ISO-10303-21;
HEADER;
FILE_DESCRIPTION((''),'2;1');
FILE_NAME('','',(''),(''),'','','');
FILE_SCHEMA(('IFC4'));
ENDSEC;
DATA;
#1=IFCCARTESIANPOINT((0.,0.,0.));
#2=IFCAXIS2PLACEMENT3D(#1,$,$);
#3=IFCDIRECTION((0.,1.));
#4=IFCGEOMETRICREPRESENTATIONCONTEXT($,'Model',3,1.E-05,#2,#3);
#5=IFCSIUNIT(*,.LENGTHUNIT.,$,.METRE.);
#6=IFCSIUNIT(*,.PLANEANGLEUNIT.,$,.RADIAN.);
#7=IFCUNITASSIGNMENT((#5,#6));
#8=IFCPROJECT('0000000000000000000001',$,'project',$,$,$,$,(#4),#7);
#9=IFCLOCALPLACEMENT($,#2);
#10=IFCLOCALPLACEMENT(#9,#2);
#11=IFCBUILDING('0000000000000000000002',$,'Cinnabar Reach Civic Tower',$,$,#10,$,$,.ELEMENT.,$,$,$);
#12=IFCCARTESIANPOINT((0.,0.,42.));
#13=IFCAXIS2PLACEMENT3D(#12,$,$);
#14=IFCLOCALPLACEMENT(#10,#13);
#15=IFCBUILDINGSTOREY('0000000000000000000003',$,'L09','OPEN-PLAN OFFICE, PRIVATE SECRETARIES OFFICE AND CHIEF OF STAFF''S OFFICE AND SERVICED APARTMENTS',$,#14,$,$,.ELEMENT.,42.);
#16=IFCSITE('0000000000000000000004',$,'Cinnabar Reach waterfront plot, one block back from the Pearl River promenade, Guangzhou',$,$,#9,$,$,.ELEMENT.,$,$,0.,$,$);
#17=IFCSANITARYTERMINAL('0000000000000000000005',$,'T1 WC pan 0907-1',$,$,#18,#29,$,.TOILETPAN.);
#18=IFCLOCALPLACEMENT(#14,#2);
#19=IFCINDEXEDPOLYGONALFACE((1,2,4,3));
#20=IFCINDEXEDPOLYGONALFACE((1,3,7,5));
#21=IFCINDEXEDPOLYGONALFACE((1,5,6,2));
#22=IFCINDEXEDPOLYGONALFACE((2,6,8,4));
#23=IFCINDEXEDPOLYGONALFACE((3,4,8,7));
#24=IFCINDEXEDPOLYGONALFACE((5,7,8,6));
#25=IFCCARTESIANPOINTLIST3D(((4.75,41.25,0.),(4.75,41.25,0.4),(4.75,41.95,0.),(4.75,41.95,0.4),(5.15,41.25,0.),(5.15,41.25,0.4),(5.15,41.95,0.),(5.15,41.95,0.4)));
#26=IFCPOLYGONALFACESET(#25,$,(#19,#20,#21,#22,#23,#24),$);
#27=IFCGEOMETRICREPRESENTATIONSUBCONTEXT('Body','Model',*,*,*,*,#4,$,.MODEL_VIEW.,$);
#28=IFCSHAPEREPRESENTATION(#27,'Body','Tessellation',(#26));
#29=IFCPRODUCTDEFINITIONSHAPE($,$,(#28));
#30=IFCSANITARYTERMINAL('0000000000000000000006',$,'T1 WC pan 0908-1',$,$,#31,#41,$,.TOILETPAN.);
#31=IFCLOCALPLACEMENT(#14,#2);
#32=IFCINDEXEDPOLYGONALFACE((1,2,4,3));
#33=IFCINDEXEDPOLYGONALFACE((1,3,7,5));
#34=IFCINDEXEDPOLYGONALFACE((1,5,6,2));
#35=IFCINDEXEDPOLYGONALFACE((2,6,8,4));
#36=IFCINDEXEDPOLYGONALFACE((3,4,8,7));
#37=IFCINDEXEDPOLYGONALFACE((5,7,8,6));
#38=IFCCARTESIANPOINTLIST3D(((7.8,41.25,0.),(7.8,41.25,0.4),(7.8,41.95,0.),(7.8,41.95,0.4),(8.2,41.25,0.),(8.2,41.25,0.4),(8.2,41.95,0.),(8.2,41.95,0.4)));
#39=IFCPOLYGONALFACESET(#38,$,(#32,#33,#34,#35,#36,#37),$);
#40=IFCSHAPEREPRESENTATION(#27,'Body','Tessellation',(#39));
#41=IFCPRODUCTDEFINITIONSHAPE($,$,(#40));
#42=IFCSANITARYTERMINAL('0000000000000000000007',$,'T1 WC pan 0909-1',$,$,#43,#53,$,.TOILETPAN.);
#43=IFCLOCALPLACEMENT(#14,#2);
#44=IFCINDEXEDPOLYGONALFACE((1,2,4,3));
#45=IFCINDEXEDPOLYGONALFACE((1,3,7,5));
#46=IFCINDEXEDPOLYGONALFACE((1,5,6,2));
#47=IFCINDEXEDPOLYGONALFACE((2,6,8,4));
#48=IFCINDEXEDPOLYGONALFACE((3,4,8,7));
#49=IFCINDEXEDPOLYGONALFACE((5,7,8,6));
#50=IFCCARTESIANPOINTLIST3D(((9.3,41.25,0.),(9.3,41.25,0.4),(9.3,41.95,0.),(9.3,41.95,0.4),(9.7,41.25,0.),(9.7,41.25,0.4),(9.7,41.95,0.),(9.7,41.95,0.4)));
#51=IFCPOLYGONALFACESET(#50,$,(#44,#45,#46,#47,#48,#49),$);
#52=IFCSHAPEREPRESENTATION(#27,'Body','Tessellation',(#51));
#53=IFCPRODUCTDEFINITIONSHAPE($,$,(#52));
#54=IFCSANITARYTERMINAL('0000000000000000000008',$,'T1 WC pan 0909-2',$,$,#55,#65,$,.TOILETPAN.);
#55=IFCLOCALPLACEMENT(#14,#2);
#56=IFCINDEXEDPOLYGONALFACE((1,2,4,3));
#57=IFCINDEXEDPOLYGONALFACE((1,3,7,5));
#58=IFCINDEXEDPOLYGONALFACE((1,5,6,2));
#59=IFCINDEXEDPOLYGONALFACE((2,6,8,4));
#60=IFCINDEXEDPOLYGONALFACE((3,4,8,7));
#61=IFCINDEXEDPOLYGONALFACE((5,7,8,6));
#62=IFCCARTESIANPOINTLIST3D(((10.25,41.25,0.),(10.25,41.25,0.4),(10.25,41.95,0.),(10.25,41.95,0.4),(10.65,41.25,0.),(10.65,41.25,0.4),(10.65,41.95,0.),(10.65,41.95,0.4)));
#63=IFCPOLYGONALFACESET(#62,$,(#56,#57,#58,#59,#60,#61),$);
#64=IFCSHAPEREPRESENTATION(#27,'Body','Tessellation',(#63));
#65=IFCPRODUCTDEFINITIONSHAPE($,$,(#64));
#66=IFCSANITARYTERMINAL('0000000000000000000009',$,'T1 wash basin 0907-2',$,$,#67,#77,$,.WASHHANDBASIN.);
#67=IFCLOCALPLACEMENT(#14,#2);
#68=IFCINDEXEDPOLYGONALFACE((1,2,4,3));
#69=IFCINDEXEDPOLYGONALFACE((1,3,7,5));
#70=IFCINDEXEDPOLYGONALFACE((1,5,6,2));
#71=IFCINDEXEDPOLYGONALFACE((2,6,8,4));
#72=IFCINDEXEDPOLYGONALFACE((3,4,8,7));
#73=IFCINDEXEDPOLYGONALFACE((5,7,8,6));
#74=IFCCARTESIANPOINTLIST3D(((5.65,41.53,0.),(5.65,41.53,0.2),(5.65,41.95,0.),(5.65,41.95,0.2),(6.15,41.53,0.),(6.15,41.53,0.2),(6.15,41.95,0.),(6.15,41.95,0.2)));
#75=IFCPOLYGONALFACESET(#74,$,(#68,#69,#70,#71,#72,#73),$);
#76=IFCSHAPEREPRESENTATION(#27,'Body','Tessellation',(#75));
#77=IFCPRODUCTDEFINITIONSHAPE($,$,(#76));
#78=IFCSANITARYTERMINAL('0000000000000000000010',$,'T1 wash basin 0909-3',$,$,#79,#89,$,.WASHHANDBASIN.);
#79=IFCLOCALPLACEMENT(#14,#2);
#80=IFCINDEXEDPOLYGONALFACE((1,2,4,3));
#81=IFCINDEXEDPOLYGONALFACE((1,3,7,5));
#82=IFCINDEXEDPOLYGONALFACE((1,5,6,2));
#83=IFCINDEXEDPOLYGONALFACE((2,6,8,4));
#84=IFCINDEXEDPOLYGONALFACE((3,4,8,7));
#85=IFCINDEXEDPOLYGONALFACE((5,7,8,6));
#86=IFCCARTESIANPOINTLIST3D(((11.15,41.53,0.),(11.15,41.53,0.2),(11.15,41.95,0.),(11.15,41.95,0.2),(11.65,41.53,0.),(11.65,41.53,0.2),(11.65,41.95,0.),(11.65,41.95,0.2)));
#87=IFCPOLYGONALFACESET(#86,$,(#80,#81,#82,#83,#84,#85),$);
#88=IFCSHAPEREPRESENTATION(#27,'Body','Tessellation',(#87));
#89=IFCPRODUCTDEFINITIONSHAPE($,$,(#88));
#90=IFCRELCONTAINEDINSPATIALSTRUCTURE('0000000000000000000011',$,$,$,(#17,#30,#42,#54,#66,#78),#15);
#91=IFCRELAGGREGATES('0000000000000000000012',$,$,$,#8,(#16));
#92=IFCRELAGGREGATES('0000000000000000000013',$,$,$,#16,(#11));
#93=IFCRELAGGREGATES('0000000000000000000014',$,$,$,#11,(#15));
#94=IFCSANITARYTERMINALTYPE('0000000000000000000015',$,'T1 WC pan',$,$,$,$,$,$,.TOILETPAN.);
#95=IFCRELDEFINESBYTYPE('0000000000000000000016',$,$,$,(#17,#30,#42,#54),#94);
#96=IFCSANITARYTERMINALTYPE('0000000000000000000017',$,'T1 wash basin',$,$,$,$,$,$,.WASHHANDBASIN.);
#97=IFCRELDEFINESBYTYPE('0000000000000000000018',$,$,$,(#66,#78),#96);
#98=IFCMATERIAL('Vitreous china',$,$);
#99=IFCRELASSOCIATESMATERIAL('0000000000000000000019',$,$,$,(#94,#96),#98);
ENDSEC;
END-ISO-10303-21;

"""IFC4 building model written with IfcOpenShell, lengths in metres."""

from ifc_helpers import new_model, si_unit, direction, frame, origin, origin_2d, place, context, subcontext, project, spatial, rectangle, extrude, material, type_object, element, save


model = new_model("IFC4")

# Units and contexts
model_context = context("Model", 3, precision=1e-05, world=origin(), true_north=direction((0.0, 1.0)))
body_context = subcontext(model_context, "Body", "Model", "MODEL_VIEW")
ifc_project = project(units=[si_unit("LENGTHUNIT", "METRE"), si_unit("PLANEANGLEUNIT", "RADIAN")], contexts=[model_context])

# Site, building, storey
site_placement = place(None, origin())
site = spatial("IfcSite", under=ifc_project, at=site_placement, Name="Cinnabar Reach waterfront plot, one block back from the Pearl River promenade, Guangzhou", CompositionType="ELEMENT", RefElevation=0.0)
building_placement = place(site_placement, origin())
building = spatial("IfcBuilding", under=site, at=building_placement, Name="Cinnabar Reach Civic Tower", CompositionType="ELEMENT")
storey_placement = place(building_placement, frame((0.0, 0.0, 42.0)))
storey = spatial("IfcBuildingStorey", under=building, at=storey_placement, Name="L09", Description="OPEN-PLAN OFFICE, PRIVATE SECRETARIES OFFICE AND CHIEF OF STAFF'S OFFICE AND SERVICED APARTMENTS", CompositionType="ELEMENT", Elevation=42.0)

# Sanitary terminals
ifc_material_1 = material(Name="Vitreous china")
sanitary_terminal_type_1 = type_object("IfcSanitaryTerminalType", Name="T1 WC pan", PredefinedType="TOILETPAN", material=ifc_material_1)
for number, where, z_axis, x_axis, name in (
    (1, (4.95, 41.6, 0.0), (0.0, 0.0, 1.0), (1.0, 0.0, 0.0), "T1 WC pan 0907-1"),
    (2, (8.0, 41.6, 0.0), (0.0, 0.0, 1.0), (1.0, 0.0, 0.0), "T1 WC pan 0908-1"),
    (3, (9.5, 41.6, 0.0), (0.0, 0.0, 1.0), (1.0, 0.0, 0.0), "T1 WC pan 0909-1"),
    (4, (10.45, 41.6, 0.0), (0.0, 0.0, 1.0), (1.0, 0.0, 0.0), "T1 WC pan 0909-2"),
):
    element("IfcSanitaryTerminal", number, at=place(storey_placement, frame(where, z_axis=z_axis, x_axis=x_axis)), inside=storey, type_object=sanitary_terminal_type_1, Name=name, PredefinedType="TOILETPAN", context=body_context, shape_type="SweptSolid", body=[
        extrude(rectangle(XDim=0.4, YDim=0.7, at=origin_2d()), origin(), (0.0, 0.0, 1.0), 0.4),
    ])
sanitary_terminal_type_2 = type_object("IfcSanitaryTerminalType", Name="T1 wash basin", PredefinedType="WASHHANDBASIN", material=ifc_material_1)
for number, where, z_axis, x_axis, name in (
    (5, (5.9, 41.74, 0.0), (0.0, 0.0, 1.0), (1.0, 0.0, 0.0), "T1 wash basin 0907-2"),
    (6, (11.4, 41.74, 0.0), (0.0, 0.0, 1.0), (1.0, 0.0, 0.0), "T1 wash basin 0909-3"),
):
    element("IfcSanitaryTerminal", number, at=place(storey_placement, frame(where, z_axis=z_axis, x_axis=x_axis)), inside=storey, type_object=sanitary_terminal_type_2, Name=name, PredefinedType="WASHHANDBASIN", context=body_context, shape_type="SweptSolid", body=[
        extrude(rectangle(XDim=0.5, YDim=0.42, at=origin_2d()), origin(), (0.0, 0.0, 1.0), 0.2),
    ])

save(model, "model.ifc")
